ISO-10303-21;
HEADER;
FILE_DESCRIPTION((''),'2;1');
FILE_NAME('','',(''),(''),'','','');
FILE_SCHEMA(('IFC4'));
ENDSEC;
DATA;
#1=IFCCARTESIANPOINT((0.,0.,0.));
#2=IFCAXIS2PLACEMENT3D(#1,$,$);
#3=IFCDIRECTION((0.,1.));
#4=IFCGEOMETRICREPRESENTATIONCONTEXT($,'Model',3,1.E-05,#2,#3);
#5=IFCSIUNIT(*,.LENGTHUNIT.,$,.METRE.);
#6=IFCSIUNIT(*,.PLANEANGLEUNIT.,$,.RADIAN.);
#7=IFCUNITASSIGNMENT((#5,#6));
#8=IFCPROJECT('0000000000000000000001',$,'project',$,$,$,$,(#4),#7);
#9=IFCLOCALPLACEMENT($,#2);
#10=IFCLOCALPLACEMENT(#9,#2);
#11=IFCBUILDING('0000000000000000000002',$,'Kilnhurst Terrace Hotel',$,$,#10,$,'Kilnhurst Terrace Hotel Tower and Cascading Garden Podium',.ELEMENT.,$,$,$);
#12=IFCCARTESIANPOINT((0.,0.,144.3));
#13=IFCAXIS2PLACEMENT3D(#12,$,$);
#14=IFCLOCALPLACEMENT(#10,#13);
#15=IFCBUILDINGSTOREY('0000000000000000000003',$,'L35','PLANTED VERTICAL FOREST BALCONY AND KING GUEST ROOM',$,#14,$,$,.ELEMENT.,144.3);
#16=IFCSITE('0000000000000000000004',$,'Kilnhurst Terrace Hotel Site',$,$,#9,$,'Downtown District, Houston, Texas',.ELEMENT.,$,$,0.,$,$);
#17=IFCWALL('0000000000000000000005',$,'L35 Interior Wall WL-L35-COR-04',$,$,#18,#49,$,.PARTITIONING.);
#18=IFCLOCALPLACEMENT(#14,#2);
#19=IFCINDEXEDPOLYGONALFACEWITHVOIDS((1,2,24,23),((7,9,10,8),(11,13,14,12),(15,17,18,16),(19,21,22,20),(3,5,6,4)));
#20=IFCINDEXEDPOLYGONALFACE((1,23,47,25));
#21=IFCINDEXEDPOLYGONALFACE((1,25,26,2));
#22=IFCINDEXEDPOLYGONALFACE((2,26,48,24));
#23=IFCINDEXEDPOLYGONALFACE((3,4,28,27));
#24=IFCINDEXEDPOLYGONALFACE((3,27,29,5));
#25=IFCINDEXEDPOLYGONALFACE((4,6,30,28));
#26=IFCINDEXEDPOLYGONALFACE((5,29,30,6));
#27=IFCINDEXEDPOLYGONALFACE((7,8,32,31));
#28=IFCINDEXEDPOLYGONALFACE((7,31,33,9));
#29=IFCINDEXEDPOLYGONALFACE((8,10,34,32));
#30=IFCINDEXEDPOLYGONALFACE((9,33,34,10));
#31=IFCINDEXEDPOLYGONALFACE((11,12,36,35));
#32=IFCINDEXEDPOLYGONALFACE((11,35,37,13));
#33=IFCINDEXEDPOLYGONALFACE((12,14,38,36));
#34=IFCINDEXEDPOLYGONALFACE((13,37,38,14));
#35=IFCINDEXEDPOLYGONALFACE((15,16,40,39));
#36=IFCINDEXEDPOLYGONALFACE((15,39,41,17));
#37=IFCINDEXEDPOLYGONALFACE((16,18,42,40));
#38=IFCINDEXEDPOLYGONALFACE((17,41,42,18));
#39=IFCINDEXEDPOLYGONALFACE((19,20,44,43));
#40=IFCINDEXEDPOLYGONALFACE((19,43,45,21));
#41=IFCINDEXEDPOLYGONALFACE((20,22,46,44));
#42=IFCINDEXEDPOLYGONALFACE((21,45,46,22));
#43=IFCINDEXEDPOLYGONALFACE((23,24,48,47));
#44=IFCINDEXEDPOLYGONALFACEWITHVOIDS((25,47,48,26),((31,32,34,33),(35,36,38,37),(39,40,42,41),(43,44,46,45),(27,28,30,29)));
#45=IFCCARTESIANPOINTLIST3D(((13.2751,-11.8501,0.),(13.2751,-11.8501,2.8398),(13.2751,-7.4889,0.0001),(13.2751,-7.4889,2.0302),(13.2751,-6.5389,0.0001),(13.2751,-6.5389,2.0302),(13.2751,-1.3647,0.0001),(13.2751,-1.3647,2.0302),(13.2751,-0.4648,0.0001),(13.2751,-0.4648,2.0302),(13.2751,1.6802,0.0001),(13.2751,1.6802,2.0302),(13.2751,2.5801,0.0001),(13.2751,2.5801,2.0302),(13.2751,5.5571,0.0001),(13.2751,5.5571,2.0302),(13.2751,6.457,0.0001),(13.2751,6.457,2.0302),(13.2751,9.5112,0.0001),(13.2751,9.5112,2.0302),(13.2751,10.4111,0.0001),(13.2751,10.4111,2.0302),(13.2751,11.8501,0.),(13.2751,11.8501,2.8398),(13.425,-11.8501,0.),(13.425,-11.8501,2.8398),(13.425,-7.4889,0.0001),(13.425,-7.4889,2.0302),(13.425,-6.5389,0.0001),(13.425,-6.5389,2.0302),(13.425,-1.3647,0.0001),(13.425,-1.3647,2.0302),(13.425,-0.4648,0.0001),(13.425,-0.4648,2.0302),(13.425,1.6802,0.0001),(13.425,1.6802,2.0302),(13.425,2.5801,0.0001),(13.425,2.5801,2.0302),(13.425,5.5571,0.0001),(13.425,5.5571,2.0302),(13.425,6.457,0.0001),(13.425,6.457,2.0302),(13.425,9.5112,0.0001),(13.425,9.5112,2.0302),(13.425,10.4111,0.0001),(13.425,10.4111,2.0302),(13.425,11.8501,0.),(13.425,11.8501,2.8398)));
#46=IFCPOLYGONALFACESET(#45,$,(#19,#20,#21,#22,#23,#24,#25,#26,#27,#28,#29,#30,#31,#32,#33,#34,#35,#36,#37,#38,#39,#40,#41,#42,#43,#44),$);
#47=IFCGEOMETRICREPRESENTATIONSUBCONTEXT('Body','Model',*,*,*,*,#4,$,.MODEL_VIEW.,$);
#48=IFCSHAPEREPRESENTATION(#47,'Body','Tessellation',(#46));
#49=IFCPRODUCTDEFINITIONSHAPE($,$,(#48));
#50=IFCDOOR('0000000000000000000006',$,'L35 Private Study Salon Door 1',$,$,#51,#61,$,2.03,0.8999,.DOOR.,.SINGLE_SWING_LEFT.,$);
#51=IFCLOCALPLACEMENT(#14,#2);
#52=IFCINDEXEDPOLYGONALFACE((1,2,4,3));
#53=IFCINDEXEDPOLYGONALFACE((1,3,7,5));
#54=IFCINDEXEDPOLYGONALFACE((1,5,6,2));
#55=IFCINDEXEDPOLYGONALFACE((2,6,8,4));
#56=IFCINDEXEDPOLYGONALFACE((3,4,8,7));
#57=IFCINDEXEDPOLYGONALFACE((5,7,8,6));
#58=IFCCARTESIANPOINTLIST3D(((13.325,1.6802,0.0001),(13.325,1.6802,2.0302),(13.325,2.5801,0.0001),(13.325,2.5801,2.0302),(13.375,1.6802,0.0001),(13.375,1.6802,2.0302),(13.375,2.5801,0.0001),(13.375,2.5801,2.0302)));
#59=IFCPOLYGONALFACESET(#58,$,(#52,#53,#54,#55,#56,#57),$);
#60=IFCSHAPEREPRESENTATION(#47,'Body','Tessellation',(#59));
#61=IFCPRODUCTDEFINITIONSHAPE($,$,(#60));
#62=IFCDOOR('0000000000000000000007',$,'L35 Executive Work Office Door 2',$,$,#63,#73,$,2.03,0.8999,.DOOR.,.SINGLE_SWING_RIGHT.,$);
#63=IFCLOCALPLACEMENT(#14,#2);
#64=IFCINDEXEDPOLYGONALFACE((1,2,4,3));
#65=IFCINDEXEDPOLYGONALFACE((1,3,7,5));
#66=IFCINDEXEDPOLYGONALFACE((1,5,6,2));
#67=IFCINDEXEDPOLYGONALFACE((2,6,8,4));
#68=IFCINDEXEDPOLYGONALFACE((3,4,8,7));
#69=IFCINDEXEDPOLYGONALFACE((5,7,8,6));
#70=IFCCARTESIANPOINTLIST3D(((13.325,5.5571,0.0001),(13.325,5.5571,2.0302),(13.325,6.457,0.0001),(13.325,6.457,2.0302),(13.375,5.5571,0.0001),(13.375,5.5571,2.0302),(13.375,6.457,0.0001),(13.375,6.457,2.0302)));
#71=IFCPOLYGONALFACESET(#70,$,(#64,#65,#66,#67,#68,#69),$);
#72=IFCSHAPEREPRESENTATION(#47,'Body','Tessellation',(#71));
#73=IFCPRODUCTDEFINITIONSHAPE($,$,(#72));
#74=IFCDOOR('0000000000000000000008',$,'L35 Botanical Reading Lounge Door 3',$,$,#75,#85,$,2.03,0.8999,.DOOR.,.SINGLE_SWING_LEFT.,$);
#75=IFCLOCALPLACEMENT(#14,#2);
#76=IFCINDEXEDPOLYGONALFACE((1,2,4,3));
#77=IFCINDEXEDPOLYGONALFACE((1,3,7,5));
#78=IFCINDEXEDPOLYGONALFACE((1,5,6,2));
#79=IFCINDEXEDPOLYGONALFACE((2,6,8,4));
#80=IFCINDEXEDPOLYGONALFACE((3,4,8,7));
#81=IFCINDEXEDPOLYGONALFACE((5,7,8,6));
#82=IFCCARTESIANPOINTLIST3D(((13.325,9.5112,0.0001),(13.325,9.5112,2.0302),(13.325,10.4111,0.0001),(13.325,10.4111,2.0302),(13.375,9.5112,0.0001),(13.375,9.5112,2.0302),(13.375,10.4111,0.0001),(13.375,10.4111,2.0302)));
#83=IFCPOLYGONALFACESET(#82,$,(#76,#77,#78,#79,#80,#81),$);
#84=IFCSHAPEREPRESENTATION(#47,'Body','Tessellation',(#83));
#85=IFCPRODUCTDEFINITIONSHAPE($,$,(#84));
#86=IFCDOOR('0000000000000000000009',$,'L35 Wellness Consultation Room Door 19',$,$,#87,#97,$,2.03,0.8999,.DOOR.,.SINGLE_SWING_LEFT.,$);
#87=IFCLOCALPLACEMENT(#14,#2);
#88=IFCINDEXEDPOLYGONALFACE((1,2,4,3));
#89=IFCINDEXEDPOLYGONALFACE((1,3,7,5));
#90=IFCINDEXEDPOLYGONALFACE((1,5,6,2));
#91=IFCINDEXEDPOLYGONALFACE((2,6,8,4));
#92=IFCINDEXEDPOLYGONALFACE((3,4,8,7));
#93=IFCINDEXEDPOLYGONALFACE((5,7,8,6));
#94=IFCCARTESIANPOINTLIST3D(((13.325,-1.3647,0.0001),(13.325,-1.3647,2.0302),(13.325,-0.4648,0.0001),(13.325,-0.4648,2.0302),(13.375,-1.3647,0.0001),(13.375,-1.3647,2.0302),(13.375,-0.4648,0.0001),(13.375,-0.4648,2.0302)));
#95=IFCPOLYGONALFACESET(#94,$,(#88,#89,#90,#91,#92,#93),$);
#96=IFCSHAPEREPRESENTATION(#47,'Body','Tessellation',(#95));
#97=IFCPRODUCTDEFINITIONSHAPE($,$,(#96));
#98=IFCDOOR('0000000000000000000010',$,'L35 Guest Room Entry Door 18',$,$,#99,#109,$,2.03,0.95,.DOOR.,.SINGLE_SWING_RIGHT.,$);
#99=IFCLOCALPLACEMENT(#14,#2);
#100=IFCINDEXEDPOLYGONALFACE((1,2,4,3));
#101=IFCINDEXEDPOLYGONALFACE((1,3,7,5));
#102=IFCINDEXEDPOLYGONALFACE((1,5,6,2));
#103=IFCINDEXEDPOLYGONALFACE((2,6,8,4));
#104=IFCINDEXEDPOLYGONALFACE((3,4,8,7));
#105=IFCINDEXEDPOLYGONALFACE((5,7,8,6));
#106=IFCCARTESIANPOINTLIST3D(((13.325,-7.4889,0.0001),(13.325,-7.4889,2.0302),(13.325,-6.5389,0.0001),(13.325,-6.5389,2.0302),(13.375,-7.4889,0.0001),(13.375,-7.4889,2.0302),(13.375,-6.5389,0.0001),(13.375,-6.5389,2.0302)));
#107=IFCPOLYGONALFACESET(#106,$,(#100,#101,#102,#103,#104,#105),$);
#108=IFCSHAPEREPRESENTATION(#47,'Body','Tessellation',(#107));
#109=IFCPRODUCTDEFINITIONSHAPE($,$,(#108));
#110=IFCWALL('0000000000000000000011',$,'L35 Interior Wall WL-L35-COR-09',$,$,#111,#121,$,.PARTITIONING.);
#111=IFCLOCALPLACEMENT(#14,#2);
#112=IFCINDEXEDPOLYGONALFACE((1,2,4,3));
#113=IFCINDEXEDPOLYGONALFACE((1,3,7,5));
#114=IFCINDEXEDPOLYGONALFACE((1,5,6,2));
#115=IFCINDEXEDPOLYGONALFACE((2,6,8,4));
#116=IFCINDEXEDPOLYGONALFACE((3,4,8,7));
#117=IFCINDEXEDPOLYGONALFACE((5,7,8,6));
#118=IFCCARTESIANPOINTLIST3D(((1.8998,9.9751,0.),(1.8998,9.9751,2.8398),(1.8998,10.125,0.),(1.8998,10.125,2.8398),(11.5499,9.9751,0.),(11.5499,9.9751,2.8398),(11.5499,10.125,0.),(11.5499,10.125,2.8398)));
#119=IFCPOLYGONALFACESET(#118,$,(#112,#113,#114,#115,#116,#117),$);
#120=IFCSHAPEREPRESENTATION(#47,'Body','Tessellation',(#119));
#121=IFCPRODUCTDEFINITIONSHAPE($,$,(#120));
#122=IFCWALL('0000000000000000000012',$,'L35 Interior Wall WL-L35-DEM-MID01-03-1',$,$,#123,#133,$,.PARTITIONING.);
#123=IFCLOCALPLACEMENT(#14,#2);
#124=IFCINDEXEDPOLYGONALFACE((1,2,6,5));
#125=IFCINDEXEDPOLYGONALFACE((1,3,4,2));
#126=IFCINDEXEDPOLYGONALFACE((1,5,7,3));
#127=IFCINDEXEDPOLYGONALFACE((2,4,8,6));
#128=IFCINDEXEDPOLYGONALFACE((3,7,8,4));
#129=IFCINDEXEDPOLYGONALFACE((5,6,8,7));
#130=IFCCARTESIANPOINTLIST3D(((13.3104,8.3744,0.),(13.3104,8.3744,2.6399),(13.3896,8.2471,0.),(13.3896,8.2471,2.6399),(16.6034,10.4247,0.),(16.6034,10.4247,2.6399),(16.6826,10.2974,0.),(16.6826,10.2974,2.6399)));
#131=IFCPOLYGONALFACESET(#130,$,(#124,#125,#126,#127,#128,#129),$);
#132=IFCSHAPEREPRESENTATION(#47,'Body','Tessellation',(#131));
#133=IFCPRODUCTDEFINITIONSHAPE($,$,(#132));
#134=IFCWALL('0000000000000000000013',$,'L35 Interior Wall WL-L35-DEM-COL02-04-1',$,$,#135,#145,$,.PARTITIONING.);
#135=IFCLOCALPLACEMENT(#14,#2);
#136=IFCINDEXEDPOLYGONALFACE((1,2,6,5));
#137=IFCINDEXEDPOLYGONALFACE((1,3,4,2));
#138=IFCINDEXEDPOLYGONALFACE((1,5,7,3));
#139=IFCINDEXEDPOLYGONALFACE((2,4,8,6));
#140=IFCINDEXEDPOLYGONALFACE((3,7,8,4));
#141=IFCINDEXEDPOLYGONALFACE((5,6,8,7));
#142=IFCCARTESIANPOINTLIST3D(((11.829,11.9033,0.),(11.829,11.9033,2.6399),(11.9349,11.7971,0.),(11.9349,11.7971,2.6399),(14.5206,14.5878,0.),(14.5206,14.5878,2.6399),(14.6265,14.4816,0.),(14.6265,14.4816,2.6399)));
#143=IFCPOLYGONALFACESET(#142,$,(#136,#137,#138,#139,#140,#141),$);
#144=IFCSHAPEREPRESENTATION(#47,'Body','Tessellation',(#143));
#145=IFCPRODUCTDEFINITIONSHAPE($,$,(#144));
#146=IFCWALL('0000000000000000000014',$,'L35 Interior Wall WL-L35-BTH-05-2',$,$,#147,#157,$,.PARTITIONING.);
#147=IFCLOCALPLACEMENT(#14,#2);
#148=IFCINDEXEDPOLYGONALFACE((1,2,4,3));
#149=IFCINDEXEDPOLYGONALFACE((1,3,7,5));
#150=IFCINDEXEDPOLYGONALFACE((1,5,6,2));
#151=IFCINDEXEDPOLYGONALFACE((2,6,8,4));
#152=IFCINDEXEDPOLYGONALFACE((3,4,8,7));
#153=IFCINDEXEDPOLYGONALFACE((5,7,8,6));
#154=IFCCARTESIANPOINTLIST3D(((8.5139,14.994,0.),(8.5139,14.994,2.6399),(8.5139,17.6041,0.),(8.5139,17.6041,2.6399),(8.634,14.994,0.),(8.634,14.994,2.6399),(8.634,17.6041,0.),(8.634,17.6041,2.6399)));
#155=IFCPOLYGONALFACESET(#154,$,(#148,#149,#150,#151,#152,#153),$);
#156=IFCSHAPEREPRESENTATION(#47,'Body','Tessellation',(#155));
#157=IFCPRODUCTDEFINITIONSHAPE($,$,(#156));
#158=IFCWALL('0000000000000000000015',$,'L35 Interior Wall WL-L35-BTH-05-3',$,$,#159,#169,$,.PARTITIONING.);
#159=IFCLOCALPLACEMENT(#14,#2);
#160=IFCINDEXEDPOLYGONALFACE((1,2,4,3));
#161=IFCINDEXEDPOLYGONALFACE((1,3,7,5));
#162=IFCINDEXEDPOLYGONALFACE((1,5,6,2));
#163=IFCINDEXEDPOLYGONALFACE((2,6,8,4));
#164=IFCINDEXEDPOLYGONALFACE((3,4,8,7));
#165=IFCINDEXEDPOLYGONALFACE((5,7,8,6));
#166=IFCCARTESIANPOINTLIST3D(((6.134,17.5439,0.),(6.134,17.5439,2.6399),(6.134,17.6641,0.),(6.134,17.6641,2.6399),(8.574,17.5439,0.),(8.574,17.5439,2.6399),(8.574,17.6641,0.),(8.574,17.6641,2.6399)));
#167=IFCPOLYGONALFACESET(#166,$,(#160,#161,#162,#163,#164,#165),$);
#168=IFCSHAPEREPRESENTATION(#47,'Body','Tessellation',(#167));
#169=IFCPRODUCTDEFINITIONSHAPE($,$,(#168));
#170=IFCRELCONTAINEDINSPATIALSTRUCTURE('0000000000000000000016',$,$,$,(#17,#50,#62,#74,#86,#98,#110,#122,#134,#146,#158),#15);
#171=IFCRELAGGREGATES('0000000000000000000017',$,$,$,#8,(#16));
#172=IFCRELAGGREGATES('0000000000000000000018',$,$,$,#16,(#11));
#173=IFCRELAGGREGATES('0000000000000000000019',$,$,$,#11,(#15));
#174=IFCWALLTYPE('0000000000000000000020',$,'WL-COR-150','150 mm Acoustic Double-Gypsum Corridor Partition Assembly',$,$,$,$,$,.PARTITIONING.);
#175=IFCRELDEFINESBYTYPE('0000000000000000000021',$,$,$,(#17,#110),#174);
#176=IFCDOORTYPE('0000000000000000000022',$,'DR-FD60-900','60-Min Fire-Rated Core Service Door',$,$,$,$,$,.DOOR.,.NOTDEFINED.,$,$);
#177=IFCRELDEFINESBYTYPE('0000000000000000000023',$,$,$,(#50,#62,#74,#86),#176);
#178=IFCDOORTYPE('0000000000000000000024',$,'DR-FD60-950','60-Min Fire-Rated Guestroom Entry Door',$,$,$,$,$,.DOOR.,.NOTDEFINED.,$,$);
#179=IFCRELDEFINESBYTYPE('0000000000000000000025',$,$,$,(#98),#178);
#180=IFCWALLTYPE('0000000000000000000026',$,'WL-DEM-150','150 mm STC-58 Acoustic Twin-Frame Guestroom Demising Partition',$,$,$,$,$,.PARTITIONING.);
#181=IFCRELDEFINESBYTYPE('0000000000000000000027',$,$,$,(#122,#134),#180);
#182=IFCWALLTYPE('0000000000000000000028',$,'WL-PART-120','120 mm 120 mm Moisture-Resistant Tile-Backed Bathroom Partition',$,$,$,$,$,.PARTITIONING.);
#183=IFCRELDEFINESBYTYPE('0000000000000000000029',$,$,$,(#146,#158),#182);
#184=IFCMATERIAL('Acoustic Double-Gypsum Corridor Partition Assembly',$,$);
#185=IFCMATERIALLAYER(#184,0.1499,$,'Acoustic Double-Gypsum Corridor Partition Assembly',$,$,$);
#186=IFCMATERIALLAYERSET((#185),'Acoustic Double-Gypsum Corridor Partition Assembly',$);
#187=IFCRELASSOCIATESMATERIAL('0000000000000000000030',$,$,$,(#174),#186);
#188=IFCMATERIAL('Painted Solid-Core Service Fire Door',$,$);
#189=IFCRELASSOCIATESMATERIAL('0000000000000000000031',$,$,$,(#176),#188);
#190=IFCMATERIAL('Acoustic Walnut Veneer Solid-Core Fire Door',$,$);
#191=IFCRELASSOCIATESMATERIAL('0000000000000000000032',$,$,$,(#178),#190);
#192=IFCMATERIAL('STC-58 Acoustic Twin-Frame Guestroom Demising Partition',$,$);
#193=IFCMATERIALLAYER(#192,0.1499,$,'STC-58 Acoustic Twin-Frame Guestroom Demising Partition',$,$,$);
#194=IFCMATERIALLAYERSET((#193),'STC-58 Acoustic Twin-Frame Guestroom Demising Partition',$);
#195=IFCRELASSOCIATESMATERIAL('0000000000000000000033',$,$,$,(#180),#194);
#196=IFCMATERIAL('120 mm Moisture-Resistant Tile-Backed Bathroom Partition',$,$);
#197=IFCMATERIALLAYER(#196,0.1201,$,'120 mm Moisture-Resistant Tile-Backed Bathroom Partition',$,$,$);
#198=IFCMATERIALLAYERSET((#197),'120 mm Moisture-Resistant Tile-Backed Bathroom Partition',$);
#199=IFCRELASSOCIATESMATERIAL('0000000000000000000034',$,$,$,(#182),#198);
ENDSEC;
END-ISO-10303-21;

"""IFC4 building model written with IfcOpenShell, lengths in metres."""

from ifc_helpers import new_model, si_unit, direction, frame, frame_2d, origin, place, context, subcontext, project, spatial, rectangle, extrude, material, layer, layer_set, type_object, element, fill, save


model = new_model("IFC4")

# Units and contexts
model_context = context("Model", 3, precision=1e-05, world=origin(), true_north=direction((0.0, 1.0)))
body_context = subcontext(model_context, "Body", "Model", "MODEL_VIEW")
ifc_project = project(units=[si_unit("LENGTHUNIT", "METRE"), si_unit("PLANEANGLEUNIT", "RADIAN")], contexts=[model_context])

# Site, building, storey
site_placement = place(None, origin())
site = spatial("IfcSite", under=ifc_project, at=site_placement, Name="Kilnhurst Terrace Hotel Site", LongName="Downtown District, Houston, Texas", CompositionType="ELEMENT", RefElevation=0.0)
building_placement = place(site_placement, origin())
building = spatial("IfcBuilding", under=site, at=building_placement, Name="Kilnhurst Terrace Hotel", LongName="Kilnhurst Terrace Hotel Tower and Cascading Garden Podium", CompositionType="ELEMENT")
storey_placement = place(building_placement, frame((0.0, 0.0, 144.3)))
storey = spatial("IfcBuildingStorey", under=building, at=storey_placement, Name="L35", Description="PLANTED VERTICAL FOREST BALCONY AND KING GUEST ROOM", CompositionType="ELEMENT", Elevation=144.3)

# Wall, openings, doors
ifc_material_1 = material(Name="Acoustic Double-Gypsum Corridor Partition Assembly")
ifc_layer_1 = layer(ifc_material_1, 0.1499, Name="Acoustic Double-Gypsum Corridor Partition Assembly")
ifc_layer_set_1 = layer_set([ifc_layer_1], Name="Acoustic Double-Gypsum Corridor Partition Assembly")
wall_type_1 = type_object("IfcWallType", Name="WL-COR-150", Description="150 mm Acoustic Double-Gypsum Corridor Partition Assembly", PredefinedType="PARTITIONING", material=ifc_layer_set_1)
wall_1_placement = place(storey_placement, frame((13.3501, 11.8501, 0.0), z_axis=(0.0, 0.0, 1.0), x_axis=(0.0, -1.0, 0.0)))
wall_1 = element("IfcWall", 1, at=wall_1_placement, inside=storey, type_object=wall_type_1, Name="L35 Interior Wall WL-L35-COR-04", PredefinedType="PARTITIONING", context=body_context, shape_type="SweptSolid", body=[
    extrude(rectangle(XDim=23.7002, YDim=0.1499, at=frame_2d((11.8501, 0.0))), origin(), (0.0, 0.0, 1.0), 2.8398),
])
opening_1_placement = place(wall_1_placement, frame((9.27, 0.0, 0.0)))
opening_1 = element("IfcOpeningElement", 2, at=opening_1_placement, cuts=wall_1, PredefinedType="OPENING", context=body_context, shape_type="SweptSolid", body=[
    extrude(rectangle(XDim=0.8999, YDim=2.03, at=frame_2d((0.45, 1.0151))), frame((0.0, 0.085, 0.0), z_axis=(0.0, -1.0, 0.0), x_axis=(1.0, 0.0, 0.0)), (0.0, 0.0, 1.0), 0.1699),
])
opening_2_placement = place(wall_1_placement, frame((5.3931, 0.0, 0.0)))
opening_2 = element("IfcOpeningElement", 3, at=opening_2_placement, cuts=wall_1, PredefinedType="OPENING", context=body_context, shape_type="SweptSolid", body=[
    extrude(rectangle(XDim=0.8999, YDim=2.03, at=frame_2d((0.45, 1.0151))), frame((0.0, 0.085, 0.0), z_axis=(0.0, -1.0, 0.0), x_axis=(1.0, 0.0, 0.0)), (0.0, 0.0, 1.0), 0.1699),
])
opening_3_placement = place(wall_1_placement, frame((1.439, 0.0, 0.0)))
opening_3 = element("IfcOpeningElement", 4, at=opening_3_placement, cuts=wall_1, PredefinedType="OPENING", context=body_context, shape_type="SweptSolid", body=[
    extrude(rectangle(XDim=0.8999, YDim=2.03, at=frame_2d((0.45, 1.0151))), frame((0.0, 0.085, 0.0), z_axis=(0.0, -1.0, 0.0), x_axis=(1.0, 0.0, 0.0)), (0.0, 0.0, 1.0), 0.1699),
])
opening_4_placement = place(wall_1_placement, frame((18.3889, 0.0, 0.0)))
opening_4 = element("IfcOpeningElement", 5, at=opening_4_placement, cuts=wall_1, PredefinedType="OPENING", context=body_context, shape_type="SweptSolid", body=[
    extrude(rectangle(XDim=0.95, YDim=2.03, at=frame_2d((0.4751, 1.0151))), frame((0.0, 0.085, 0.0), z_axis=(0.0, -1.0, 0.0), x_axis=(1.0, 0.0, 0.0)), (0.0, 0.0, 1.0), 0.1699),
])
opening_5_placement = place(wall_1_placement, frame((12.3149, 0.0, 0.0)))
opening_5 = element("IfcOpeningElement", 6, at=opening_5_placement, cuts=wall_1, PredefinedType="OPENING", context=body_context, shape_type="SweptSolid", body=[
    extrude(rectangle(XDim=0.8999, YDim=2.03, at=frame_2d((0.45, 1.0151))), frame((0.0, 0.085, 0.0), z_axis=(0.0, -1.0, 0.0), x_axis=(1.0, 0.0, 0.0)), (0.0, 0.0, 1.0), 0.1699),
])
ifc_material_2 = material(Name="Painted Solid-Core Service Fire Door")
door_type_1 = type_object("IfcDoorType", Name="DR-FD60-900", Description="60-Min Fire-Rated Core Service Door", OperationType="NOTDEFINED", PredefinedType="DOOR", material=ifc_material_2)
door_1_placement = place(opening_1_placement, origin())
door_1 = element("IfcDoor", 7, at=door_1_placement, inside=storey, type_object=door_type_1, Name="L35 Private Study Salon Door 1", OperationType="SINGLE_SWING_LEFT", OverallHeight=2.03, OverallWidth=0.8999, PredefinedType="DOOR", context=body_context, shape_type="SweptSolid", body=[
    extrude(rectangle(XDim=0.8999, YDim=2.03, at=frame_2d((0.45, 1.0151))), frame((0.0, 0.0249, 0.0), z_axis=(0.0, -1.0, 0.0), x_axis=(1.0, 0.0, 0.0)), (0.0, 0.0, 1.0), 0.05),
])
fill(opening_1, door_1)
door_2_placement = place(opening_2_placement, origin())
door_2 = element("IfcDoor", 8, at=door_2_placement, inside=storey, type_object=door_type_1, Name="L35 Executive Work Office Door 2", OperationType="SINGLE_SWING_RIGHT", OverallHeight=2.03, OverallWidth=0.8999, PredefinedType="DOOR", context=body_context, shape_type="SweptSolid", body=[
    extrude(rectangle(XDim=0.8999, YDim=2.03, at=frame_2d((0.45, 1.0151))), frame((0.0, 0.0249, 0.0), z_axis=(0.0, -1.0, 0.0), x_axis=(1.0, 0.0, 0.0)), (0.0, 0.0, 1.0), 0.05),
])
fill(opening_2, door_2)
door_3_placement = place(opening_3_placement, origin())
door_3 = element("IfcDoor", 9, at=door_3_placement, inside=storey, type_object=door_type_1, Name="L35 Botanical Reading Lounge Door 3", OperationType="SINGLE_SWING_LEFT", OverallHeight=2.03, OverallWidth=0.8999, PredefinedType="DOOR", context=body_context, shape_type="SweptSolid", body=[
    extrude(rectangle(XDim=0.8999, YDim=2.03, at=frame_2d((0.45, 1.0151))), frame((0.0, 0.0249, 0.0), z_axis=(0.0, -1.0, 0.0), x_axis=(1.0, 0.0, 0.0)), (0.0, 0.0, 1.0), 0.05),
])
fill(opening_3, door_3)
door_4_placement = place(opening_5_placement, origin())
door_4 = element("IfcDoor", 10, at=door_4_placement, inside=storey, type_object=door_type_1, Name="L35 Wellness Consultation Room Door 19", OperationType="SINGLE_SWING_LEFT", OverallHeight=2.03, OverallWidth=0.8999, PredefinedType="DOOR", context=body_context, shape_type="SweptSolid", body=[
    extrude(rectangle(XDim=0.8999, YDim=2.03, at=frame_2d((0.45, 1.0151))), frame((0.0, 0.0249, 0.0), z_axis=(0.0, -1.0, 0.0), x_axis=(1.0, 0.0, 0.0)), (0.0, 0.0, 1.0), 0.05),
])
fill(opening_5, door_4)
ifc_material_3 = material(Name="Acoustic Walnut Veneer Solid-Core Fire Door")
door_type_2 = type_object("IfcDoorType", Name="DR-FD60-950", Description="60-Min Fire-Rated Guestroom Entry Door", OperationType="NOTDEFINED", PredefinedType="DOOR", material=ifc_material_3)
door_5_placement = place(opening_4_placement, origin())
door_5 = element("IfcDoor", 11, at=door_5_placement, inside=storey, type_object=door_type_2, Name="L35 Guest Room Entry Door 18", OperationType="SINGLE_SWING_RIGHT", OverallHeight=2.03, OverallWidth=0.95, PredefinedType="DOOR", context=body_context, shape_type="SweptSolid", body=[
    extrude(rectangle(XDim=0.95, YDim=2.03, at=frame_2d((0.4751, 1.0151))), frame((0.0, 0.0249, 0.0), z_axis=(0.0, -1.0, 0.0), x_axis=(1.0, 0.0, 0.0)), (0.0, 0.0, 1.0), 0.05),
])
fill(opening_4, door_5)

# Walls
wall_2_placement = place(storey_placement, frame((11.55, 10.05, 0.0), z_axis=(0.0, 0.0, 1.0), x_axis=(-1.0, 0.0, 0.0)))
element("IfcWall", 12, at=wall_2_placement, inside=storey, type_object=wall_type_1, Name="L35 Interior Wall WL-L35-COR-09", PredefinedType="PARTITIONING", context=body_context, shape_type="SweptSolid", body=[
    extrude(rectangle(XDim=9.6501, YDim=0.1499, at=frame_2d((4.8252, 0.0))), origin(), (0.0, 0.0, 1.0), 2.8398),
])
ifc_material_4 = material(Name="STC-58 Acoustic Twin-Frame Guestroom Demising Partition")
ifc_layer_2 = layer(ifc_material_4, 0.1499, Name="STC-58 Acoustic Twin-Frame Guestroom Demising Partition")
ifc_layer_set_2 = layer_set([ifc_layer_2], Name="STC-58 Acoustic Twin-Frame Guestroom Demising Partition")
wall_type_2 = type_object("IfcWallType", Name="WL-DEM-150", Description="150 mm STC-58 Acoustic Twin-Frame Guestroom Demising Partition", PredefinedType="PARTITIONING", material=ifc_layer_set_2)
wall_3_placement = place(storey_placement, frame((13.3501, 8.3108, 0.0), z_axis=(0.0, 0.0, 1.0), x_axis=(0.848902, 0.52855, 0.0)))
element("IfcWall", 13, at=wall_3_placement, inside=storey, type_object=wall_type_2, Name="L35 Interior Wall WL-L35-DEM-MID01-03-1", PredefinedType="PARTITIONING", context=body_context, shape_type="SweptSolid", body=[
    extrude(rectangle(XDim=3.8792, YDim=0.1499, at=frame_2d((1.9395, 0.0))), origin(), (0.0, 0.0, 1.0), 2.6399),
])
wall_4_placement = place(storey_placement, frame((11.8818, 11.8501, 0.0), z_axis=(0.0, 0.0, 1.0), x_axis=(0.708037, 0.706175, 0.0)))
element("IfcWall", 14, at=wall_4_placement, inside=storey, type_object=wall_type_2, Name="L35 Interior Wall WL-L35-DEM-COL02-04-1", PredefinedType="PARTITIONING", context=body_context, shape_type="SweptSolid", body=[
    extrude(rectangle(XDim=3.8015, YDim=0.1499, at=frame_2d((1.9009, 0.0))), origin(), (0.0, 0.0, 1.0), 2.6399),
])
ifc_material_5 = material(Name="120 mm Moisture-Resistant Tile-Backed Bathroom Partition")
ifc_layer_3 = layer(ifc_material_5, 0.1201, Name="120 mm Moisture-Resistant Tile-Backed Bathroom Partition")
ifc_layer_set_3 = layer_set([ifc_layer_3], Name="120 mm Moisture-Resistant Tile-Backed Bathroom Partition")
wall_type_3 = type_object("IfcWallType", Name="WL-PART-120", Description="120 mm 120 mm Moisture-Resistant Tile-Backed Bathroom Partition", PredefinedType="PARTITIONING", material=ifc_layer_set_3)
wall_5_placement = place(storey_placement, frame((8.574, 14.9939, 0.0), z_axis=(0.0, 0.0, 1.0), x_axis=(0.0, 1.0, 0.0)))
element("IfcWall", 15, at=wall_5_placement, inside=storey, type_object=wall_type_3, Name="L35 Interior Wall WL-L35-BTH-05-2", PredefinedType="PARTITIONING", context=body_context, shape_type="SweptSolid", body=[
    extrude(rectangle(XDim=2.6101, YDim=0.1201, at=frame_2d((1.3052, 0.0))), origin(), (0.0, 0.0, 1.0), 2.6399),
])
wall_6_placement = place(storey_placement, frame((8.574, 17.604, 0.0), z_axis=(0.0, 0.0, 1.0), x_axis=(-1.0, 0.0, 0.0)))
element("IfcWall", 16, at=wall_6_placement, inside=storey, type_object=wall_type_3, Name="L35 Interior Wall WL-L35-BTH-05-3", PredefinedType="PARTITIONING", context=body_context, shape_type="SweptSolid", body=[
    extrude(rectangle(XDim=2.4399, YDim=0.1201, at=frame_2d((1.22, 0.0))), origin(), (0.0, 0.0, 1.0), 2.6399),
])

save(model, "model.ifc")
